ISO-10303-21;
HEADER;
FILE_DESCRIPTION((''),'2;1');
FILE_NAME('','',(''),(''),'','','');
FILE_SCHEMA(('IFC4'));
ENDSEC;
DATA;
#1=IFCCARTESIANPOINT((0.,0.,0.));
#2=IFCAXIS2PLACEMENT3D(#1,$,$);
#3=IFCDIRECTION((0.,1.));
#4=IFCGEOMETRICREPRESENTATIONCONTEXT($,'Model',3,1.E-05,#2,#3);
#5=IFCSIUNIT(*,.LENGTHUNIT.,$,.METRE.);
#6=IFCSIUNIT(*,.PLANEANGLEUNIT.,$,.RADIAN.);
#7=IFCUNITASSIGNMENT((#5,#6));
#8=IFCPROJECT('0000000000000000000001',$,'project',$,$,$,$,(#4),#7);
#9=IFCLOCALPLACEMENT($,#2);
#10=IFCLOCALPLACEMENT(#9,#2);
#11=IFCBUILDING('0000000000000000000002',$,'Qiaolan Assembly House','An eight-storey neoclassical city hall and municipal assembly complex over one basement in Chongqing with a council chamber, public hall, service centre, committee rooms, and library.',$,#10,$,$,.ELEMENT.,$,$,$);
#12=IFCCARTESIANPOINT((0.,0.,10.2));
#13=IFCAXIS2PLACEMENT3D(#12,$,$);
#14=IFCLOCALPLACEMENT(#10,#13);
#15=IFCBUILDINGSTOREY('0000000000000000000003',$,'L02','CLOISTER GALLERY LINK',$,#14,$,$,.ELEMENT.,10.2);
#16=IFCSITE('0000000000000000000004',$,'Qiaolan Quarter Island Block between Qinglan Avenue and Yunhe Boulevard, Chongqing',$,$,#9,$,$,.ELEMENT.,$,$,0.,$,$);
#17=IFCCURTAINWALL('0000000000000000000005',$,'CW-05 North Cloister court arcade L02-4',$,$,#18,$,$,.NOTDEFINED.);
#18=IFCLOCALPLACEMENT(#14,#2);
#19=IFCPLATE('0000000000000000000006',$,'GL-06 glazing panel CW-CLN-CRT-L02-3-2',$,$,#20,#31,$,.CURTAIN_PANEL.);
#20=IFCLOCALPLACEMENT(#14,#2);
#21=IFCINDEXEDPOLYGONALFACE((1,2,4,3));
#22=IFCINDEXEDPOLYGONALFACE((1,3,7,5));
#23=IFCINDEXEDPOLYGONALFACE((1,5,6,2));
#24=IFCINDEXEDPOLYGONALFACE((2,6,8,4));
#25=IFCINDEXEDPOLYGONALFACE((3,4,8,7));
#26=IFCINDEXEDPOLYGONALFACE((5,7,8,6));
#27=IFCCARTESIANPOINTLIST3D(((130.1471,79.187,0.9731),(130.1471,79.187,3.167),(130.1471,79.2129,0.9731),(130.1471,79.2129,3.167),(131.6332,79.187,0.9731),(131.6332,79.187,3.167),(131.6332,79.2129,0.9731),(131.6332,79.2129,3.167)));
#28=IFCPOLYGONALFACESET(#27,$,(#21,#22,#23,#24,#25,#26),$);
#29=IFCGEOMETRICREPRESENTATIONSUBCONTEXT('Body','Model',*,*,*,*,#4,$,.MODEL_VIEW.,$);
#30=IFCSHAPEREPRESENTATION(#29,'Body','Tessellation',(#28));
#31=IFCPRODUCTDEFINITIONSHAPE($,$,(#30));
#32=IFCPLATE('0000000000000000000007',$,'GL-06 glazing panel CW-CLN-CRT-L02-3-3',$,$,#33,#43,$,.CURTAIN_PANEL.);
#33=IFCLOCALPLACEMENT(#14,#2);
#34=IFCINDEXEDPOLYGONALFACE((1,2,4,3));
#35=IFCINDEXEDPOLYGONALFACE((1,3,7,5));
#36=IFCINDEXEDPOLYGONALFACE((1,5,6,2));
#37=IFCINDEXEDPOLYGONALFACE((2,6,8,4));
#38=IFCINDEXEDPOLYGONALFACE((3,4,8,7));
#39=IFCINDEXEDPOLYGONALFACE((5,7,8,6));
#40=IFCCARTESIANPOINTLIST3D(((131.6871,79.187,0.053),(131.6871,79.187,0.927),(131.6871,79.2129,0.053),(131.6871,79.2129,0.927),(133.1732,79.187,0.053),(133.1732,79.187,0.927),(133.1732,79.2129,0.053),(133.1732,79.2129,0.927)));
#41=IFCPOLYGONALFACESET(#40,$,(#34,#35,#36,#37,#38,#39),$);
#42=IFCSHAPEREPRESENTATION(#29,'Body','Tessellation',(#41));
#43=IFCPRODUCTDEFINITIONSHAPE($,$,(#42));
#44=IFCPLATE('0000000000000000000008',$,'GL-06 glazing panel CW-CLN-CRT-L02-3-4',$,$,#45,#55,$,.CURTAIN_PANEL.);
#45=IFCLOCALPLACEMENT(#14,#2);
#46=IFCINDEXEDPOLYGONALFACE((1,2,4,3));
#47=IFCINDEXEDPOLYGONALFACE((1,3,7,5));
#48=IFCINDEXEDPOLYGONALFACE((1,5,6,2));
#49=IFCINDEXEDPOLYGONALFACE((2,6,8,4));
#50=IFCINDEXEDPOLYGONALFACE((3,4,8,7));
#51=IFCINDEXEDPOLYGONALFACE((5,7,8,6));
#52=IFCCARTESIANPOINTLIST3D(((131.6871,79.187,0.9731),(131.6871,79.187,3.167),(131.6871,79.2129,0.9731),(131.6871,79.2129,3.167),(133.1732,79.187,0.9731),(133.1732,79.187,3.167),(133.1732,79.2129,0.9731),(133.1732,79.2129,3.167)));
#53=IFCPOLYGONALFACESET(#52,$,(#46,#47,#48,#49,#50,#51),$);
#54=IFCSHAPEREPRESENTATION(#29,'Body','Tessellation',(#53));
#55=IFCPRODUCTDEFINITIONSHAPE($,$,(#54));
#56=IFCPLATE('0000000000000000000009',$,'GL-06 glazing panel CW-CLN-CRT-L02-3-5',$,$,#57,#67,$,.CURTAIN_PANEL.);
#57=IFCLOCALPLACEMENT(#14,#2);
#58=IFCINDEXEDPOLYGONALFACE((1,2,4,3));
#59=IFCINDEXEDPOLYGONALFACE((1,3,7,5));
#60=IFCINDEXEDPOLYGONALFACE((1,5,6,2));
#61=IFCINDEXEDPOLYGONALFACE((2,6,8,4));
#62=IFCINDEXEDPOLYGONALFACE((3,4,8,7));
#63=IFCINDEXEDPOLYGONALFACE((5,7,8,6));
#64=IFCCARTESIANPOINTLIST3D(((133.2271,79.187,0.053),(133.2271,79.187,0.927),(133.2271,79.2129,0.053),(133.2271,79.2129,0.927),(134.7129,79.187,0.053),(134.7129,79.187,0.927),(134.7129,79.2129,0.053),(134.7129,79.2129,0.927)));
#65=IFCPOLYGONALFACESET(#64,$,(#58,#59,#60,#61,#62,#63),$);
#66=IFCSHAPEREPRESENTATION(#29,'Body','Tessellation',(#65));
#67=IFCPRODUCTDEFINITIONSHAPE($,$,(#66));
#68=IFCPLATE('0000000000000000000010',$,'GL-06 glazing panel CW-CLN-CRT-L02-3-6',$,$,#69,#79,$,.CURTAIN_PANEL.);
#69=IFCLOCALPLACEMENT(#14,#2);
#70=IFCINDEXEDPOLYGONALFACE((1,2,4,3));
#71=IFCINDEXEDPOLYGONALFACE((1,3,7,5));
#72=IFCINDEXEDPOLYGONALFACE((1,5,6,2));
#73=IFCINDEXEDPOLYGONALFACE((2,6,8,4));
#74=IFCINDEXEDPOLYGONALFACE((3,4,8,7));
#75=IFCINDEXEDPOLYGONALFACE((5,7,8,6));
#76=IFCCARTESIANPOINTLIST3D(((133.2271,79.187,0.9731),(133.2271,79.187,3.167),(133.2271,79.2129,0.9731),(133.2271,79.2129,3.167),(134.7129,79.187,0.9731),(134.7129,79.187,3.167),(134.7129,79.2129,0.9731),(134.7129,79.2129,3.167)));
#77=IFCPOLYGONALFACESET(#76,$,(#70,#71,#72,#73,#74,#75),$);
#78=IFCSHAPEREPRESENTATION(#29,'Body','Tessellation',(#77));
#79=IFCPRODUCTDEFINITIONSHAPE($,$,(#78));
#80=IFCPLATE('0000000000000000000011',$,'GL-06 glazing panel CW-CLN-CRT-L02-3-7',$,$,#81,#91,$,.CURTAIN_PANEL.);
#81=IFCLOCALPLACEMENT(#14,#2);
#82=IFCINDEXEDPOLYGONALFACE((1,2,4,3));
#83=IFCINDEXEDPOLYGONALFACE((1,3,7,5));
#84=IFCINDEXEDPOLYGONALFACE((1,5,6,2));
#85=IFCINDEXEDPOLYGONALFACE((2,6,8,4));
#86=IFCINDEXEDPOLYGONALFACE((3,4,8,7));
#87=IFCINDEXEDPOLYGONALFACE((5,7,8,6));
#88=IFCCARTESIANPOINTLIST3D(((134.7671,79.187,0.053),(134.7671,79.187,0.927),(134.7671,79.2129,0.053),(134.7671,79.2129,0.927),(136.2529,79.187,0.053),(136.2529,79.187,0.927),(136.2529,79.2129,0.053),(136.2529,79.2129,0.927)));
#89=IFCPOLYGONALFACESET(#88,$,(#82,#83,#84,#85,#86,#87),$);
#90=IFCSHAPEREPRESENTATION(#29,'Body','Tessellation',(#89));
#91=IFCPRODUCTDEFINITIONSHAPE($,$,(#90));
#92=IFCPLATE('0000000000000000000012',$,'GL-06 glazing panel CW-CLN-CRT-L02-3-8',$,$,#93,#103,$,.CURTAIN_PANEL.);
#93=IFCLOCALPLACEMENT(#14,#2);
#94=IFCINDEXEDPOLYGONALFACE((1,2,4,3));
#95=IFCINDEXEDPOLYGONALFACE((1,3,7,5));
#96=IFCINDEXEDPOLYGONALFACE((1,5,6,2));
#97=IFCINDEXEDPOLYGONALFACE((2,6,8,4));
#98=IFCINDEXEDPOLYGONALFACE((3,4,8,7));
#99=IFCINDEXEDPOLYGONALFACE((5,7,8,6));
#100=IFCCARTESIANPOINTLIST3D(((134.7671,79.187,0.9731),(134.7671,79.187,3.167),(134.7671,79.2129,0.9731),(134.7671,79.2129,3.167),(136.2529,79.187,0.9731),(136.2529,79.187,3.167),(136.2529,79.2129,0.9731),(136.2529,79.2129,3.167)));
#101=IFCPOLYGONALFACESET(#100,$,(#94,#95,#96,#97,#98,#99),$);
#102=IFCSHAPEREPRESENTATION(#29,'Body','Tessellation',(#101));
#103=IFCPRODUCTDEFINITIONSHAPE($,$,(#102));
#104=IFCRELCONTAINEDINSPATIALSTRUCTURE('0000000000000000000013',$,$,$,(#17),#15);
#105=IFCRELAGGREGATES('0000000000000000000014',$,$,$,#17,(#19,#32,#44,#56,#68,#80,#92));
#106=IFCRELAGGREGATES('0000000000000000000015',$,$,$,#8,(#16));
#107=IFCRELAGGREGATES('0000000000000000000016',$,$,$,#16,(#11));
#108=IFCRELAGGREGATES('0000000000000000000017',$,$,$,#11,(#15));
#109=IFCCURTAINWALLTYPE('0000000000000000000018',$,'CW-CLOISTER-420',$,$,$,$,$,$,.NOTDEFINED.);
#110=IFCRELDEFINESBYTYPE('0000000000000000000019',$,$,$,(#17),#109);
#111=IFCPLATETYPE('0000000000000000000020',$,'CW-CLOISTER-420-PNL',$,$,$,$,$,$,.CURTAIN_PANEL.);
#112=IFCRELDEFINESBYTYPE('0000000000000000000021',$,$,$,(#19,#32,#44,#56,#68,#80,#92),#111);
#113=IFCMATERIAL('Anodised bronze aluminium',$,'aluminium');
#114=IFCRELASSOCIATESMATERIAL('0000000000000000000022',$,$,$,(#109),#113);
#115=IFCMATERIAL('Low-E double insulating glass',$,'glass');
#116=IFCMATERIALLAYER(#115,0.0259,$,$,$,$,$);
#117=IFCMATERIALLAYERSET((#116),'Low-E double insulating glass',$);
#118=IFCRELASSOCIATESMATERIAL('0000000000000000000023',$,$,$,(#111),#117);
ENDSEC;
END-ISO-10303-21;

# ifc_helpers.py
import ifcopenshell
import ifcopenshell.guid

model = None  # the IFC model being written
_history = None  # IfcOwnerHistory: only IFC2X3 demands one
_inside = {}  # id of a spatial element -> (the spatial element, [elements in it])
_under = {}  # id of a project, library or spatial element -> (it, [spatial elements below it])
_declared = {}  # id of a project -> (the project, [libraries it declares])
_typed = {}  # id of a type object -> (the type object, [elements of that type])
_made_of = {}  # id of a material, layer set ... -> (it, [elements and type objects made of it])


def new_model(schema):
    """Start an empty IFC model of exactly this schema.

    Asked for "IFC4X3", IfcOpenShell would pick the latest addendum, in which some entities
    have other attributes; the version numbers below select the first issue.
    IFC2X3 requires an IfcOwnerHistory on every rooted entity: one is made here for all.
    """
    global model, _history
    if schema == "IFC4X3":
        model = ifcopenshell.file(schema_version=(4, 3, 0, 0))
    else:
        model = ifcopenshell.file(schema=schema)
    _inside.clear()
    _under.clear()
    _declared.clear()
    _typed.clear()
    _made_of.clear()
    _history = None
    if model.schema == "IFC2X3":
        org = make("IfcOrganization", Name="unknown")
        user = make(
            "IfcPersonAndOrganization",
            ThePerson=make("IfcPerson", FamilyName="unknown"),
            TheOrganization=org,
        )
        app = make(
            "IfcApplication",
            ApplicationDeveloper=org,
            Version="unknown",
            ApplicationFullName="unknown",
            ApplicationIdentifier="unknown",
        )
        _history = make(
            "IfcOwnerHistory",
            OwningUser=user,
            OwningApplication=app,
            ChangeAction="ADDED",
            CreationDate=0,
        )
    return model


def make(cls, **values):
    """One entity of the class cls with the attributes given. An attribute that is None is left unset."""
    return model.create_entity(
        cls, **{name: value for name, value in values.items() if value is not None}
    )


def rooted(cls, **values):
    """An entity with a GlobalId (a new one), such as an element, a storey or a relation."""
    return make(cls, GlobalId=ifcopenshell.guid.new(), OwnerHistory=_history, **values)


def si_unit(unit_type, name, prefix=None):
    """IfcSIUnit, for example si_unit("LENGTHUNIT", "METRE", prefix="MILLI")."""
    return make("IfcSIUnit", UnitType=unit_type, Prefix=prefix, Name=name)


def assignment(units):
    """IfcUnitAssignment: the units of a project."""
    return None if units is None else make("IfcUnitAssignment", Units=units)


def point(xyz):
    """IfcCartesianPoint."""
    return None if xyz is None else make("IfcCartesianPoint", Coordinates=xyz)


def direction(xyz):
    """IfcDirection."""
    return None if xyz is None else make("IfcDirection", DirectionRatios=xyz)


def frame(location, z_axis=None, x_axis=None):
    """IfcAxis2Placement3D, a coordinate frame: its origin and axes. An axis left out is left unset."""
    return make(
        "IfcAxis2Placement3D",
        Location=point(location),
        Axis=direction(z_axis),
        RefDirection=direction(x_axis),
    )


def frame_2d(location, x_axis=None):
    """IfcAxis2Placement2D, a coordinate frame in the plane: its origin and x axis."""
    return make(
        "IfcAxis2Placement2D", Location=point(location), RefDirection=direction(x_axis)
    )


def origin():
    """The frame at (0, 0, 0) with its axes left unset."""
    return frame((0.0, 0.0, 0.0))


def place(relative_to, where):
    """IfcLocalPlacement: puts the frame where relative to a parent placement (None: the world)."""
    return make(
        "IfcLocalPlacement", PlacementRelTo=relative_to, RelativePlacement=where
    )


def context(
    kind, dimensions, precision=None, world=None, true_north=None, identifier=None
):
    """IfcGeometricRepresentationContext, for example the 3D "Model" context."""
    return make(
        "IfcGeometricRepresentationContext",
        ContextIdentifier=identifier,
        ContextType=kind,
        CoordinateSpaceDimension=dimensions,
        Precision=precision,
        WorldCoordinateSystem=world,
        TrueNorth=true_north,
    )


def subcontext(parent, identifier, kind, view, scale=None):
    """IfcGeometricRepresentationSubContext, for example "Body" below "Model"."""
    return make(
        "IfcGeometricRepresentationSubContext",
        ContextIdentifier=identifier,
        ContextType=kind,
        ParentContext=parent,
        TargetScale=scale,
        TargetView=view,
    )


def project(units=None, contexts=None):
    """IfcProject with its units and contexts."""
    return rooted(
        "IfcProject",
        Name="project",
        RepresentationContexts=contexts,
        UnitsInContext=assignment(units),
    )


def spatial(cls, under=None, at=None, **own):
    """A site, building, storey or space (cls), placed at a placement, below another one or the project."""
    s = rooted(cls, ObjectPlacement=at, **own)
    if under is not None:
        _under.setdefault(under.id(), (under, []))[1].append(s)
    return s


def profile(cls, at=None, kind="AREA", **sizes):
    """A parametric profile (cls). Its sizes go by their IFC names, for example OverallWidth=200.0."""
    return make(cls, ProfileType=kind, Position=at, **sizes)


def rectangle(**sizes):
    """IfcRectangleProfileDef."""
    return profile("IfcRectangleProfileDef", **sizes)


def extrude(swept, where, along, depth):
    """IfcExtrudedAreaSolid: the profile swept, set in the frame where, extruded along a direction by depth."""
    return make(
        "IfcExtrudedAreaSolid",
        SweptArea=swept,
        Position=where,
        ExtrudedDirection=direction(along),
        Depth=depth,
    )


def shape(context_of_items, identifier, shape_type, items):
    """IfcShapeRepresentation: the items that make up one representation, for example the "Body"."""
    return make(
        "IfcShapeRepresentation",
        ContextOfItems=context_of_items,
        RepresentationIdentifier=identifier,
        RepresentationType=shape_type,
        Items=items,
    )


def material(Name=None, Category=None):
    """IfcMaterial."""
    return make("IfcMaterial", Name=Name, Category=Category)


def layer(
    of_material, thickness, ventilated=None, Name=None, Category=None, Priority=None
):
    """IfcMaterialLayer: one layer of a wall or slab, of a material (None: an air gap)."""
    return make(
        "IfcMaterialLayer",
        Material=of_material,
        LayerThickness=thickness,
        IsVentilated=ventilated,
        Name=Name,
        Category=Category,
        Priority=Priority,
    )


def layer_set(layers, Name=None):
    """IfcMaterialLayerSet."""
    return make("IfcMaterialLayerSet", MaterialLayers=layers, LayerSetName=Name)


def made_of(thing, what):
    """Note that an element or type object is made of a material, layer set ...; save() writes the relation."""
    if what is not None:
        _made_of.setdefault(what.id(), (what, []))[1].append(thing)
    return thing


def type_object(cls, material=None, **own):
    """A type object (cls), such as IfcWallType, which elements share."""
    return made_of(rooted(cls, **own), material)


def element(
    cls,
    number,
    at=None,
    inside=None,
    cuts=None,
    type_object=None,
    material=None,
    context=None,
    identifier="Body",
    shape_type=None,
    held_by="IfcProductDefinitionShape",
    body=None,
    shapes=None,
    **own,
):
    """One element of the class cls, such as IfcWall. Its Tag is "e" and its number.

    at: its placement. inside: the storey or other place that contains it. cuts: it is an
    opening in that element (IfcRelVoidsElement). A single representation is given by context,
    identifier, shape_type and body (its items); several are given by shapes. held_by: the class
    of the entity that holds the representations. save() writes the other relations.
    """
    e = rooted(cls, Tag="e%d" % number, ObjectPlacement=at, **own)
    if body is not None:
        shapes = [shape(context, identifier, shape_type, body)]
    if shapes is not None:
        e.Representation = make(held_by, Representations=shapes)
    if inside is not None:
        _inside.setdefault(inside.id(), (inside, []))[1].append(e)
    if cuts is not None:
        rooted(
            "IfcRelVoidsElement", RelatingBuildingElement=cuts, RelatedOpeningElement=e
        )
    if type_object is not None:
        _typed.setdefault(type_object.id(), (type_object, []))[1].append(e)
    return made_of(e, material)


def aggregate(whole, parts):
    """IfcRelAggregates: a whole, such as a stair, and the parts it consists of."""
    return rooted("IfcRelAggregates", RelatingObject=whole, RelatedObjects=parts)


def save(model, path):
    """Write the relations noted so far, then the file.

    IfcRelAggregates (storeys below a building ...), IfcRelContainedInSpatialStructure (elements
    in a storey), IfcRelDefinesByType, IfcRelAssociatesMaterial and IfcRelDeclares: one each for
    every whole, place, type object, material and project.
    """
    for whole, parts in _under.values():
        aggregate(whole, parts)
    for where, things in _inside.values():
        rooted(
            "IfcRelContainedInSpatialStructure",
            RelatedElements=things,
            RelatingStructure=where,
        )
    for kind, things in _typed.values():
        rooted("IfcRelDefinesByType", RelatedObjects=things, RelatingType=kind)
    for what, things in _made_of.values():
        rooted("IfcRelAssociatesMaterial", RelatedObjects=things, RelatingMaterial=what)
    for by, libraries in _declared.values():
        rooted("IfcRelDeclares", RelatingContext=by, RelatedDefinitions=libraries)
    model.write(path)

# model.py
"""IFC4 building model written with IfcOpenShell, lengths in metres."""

from ifc_helpers import new_model, si_unit, direction, frame, frame_2d, origin, place, context, subcontext, project, spatial, rectangle, extrude, material, layer, layer_set, type_object, element, aggregate, save


model = new_model("IFC4")

# Units and contexts
model_context = context("Model", 3, precision=1e-05, world=origin(), true_north=direction((0.0, 1.0)))
body_context = subcontext(model_context, "Body", "Model", "MODEL_VIEW")
ifc_project = project(units=[si_unit("LENGTHUNIT", "METRE"), si_unit("PLANEANGLEUNIT", "RADIAN")], contexts=[model_context])

# Site, building, storey
site_placement = place(None, origin())
site = spatial("IfcSite", under=ifc_project, at=site_placement, Name="Qiaolan Quarter Island Block between Qinglan Avenue and Yunhe Boulevard, Chongqing", CompositionType="ELEMENT", RefElevation=0.0)
building_placement = place(site_placement, origin())
building = spatial("IfcBuilding", under=site, at=building_placement, Name="Qiaolan Assembly House", Description="An eight-storey neoclassical city hall and municipal assembly complex over one basement in Chongqing with a council chamber, public hall, service centre, committee rooms, and library.", CompositionType="ELEMENT")
storey_placement = place(building_placement, frame((0.0, 0.0, 10.2)))
storey = spatial("IfcBuildingStorey", under=building, at=storey_placement, Name="L02", Description="CLOISTER GALLERY LINK", CompositionType="ELEMENT", Elevation=10.2)

# Curtain wall, plates
ifc_material_1 = material(Name="Anodised bronze aluminium", Category="aluminium")
curtain_wall_type = type_object("IfcCurtainWallType", Name="CW-CLOISTER-420", PredefinedType="NOTDEFINED", material=ifc_material_1)
curtain_wall_placement = place(storey_placement, origin())
curtain_wall = element("IfcCurtainWall", 1, at=curtain_wall_placement, inside=storey, type_object=curtain_wall_type, Name="CW-05 North Cloister court arcade L02-4", PredefinedType="NOTDEFINED")
ifc_material_2 = material(Name="Low-E double insulating glass", Category="glass")
ifc_layer = layer(ifc_material_2, 0.0259)
ifc_layer_set = layer_set([ifc_layer], Name="Low-E double insulating glass")
plate_type = type_object("IfcPlateType", Name="CW-CLOISTER-420-PNL", PredefinedType="CURTAIN_PANEL", material=ifc_layer_set)
plate_1_placement = place(storey_placement, frame((130.147, 79.2, 0.9731), z_axis=(0.0, 0.0, 1.0), x_axis=(1.0, 0.0, 0.0)))
plate_1 = element("IfcPlate", 2, at=plate_1_placement, type_object=plate_type, Name="GL-06 glazing panel CW-CLN-CRT-L02-3-2", PredefinedType="CURTAIN_PANEL", context=body_context, shape_type="SweptSolid", body=[
    extrude(rectangle(XDim=1.4861, YDim=0.0259, at=frame_2d((0.7432, 0.0))), origin(), (0.0, 0.0, 1.0), 2.1938),
])
plate_2_placement = place(storey_placement, frame((131.687, 79.2, 0.053), z_axis=(0.0, 0.0, 1.0), x_axis=(1.0, 0.0, 0.0)))
plate_2 = element("IfcPlate", 3, at=plate_2_placement, type_object=plate_type, Name="GL-06 glazing panel CW-CLN-CRT-L02-3-3", PredefinedType="CURTAIN_PANEL", context=body_context, shape_type="SweptSolid", body=[
    extrude(rectangle(XDim=1.4861, YDim=0.0259, at=frame_2d((0.7432, 0.0))), origin(), (0.0, 0.0, 1.0), 0.874),
])
plate_3_placement = place(storey_placement, frame((131.687, 79.2, 0.9731), z_axis=(0.0, 0.0, 1.0), x_axis=(1.0, 0.0, 0.0)))
plate_3 = element("IfcPlate", 4, at=plate_3_placement, type_object=plate_type, Name="GL-06 glazing panel CW-CLN-CRT-L02-3-4", PredefinedType="CURTAIN_PANEL", context=body_context, shape_type="SweptSolid", body=[
    extrude(rectangle(XDim=1.4861, YDim=0.0259, at=frame_2d((0.7432, 0.0))), origin(), (0.0, 0.0, 1.0), 2.1938),
])
plate_4_placement = place(storey_placement, frame((133.2271, 79.2, 0.053), z_axis=(0.0, 0.0, 1.0), x_axis=(1.0, 0.0, 0.0)))
plate_4 = element("IfcPlate", 5, at=plate_4_placement, type_object=plate_type, Name="GL-06 glazing panel CW-CLN-CRT-L02-3-5", PredefinedType="CURTAIN_PANEL", context=body_context, shape_type="SweptSolid", body=[
    extrude(rectangle(XDim=1.4858, YDim=0.0259, at=frame_2d((0.7429, 0.0))), origin(), (0.0, 0.0, 1.0), 0.874),
])
plate_5_placement = place(storey_placement, frame((133.2271, 79.2, 0.9731), z_axis=(0.0, 0.0, 1.0), x_axis=(1.0, 0.0, 0.0)))
plate_5 = element("IfcPlate", 6, at=plate_5_placement, type_object=plate_type, Name="GL-06 glazing panel CW-CLN-CRT-L02-3-6", PredefinedType="CURTAIN_PANEL", context=body_context, shape_type="SweptSolid", body=[
    extrude(rectangle(XDim=1.4858, YDim=0.0259, at=frame_2d((0.7429, 0.0))), origin(), (0.0, 0.0, 1.0), 2.1938),
])
plate_6_placement = place(storey_placement, frame((134.7671, 79.2, 0.053), z_axis=(0.0, 0.0, 1.0), x_axis=(1.0, 0.0, 0.0)))
plate_6 = element("IfcPlate", 7, at=plate_6_placement, type_object=plate_type, Name="GL-06 glazing panel CW-CLN-CRT-L02-3-7", PredefinedType="CURTAIN_PANEL", context=body_context, shape_type="SweptSolid", body=[
    extrude(rectangle(XDim=1.4858, YDim=0.0259, at=frame_2d((0.7429, 0.0))), origin(), (0.0, 0.0, 1.0), 0.874),
])
plate_7_placement = place(storey_placement, frame((134.7671, 79.2, 0.9731), z_axis=(0.0, 0.0, 1.0), x_axis=(1.0, 0.0, 0.0)))
plate_7 = element("IfcPlate", 8, at=plate_7_placement, type_object=plate_type, Name="GL-06 glazing panel CW-CLN-CRT-L02-3-8", PredefinedType="CURTAIN_PANEL", context=body_context, shape_type="SweptSolid", body=[
    extrude(rectangle(XDim=1.4858, YDim=0.0259, at=frame_2d((0.7429, 0.0))), origin(), (0.0, 0.0, 1.0), 2.1938),
])
aggregate(curtain_wall, [plate_1, plate_2, plate_3, plate_4, plate_5, plate_6, plate_7])

save(model, "model.ifc")
